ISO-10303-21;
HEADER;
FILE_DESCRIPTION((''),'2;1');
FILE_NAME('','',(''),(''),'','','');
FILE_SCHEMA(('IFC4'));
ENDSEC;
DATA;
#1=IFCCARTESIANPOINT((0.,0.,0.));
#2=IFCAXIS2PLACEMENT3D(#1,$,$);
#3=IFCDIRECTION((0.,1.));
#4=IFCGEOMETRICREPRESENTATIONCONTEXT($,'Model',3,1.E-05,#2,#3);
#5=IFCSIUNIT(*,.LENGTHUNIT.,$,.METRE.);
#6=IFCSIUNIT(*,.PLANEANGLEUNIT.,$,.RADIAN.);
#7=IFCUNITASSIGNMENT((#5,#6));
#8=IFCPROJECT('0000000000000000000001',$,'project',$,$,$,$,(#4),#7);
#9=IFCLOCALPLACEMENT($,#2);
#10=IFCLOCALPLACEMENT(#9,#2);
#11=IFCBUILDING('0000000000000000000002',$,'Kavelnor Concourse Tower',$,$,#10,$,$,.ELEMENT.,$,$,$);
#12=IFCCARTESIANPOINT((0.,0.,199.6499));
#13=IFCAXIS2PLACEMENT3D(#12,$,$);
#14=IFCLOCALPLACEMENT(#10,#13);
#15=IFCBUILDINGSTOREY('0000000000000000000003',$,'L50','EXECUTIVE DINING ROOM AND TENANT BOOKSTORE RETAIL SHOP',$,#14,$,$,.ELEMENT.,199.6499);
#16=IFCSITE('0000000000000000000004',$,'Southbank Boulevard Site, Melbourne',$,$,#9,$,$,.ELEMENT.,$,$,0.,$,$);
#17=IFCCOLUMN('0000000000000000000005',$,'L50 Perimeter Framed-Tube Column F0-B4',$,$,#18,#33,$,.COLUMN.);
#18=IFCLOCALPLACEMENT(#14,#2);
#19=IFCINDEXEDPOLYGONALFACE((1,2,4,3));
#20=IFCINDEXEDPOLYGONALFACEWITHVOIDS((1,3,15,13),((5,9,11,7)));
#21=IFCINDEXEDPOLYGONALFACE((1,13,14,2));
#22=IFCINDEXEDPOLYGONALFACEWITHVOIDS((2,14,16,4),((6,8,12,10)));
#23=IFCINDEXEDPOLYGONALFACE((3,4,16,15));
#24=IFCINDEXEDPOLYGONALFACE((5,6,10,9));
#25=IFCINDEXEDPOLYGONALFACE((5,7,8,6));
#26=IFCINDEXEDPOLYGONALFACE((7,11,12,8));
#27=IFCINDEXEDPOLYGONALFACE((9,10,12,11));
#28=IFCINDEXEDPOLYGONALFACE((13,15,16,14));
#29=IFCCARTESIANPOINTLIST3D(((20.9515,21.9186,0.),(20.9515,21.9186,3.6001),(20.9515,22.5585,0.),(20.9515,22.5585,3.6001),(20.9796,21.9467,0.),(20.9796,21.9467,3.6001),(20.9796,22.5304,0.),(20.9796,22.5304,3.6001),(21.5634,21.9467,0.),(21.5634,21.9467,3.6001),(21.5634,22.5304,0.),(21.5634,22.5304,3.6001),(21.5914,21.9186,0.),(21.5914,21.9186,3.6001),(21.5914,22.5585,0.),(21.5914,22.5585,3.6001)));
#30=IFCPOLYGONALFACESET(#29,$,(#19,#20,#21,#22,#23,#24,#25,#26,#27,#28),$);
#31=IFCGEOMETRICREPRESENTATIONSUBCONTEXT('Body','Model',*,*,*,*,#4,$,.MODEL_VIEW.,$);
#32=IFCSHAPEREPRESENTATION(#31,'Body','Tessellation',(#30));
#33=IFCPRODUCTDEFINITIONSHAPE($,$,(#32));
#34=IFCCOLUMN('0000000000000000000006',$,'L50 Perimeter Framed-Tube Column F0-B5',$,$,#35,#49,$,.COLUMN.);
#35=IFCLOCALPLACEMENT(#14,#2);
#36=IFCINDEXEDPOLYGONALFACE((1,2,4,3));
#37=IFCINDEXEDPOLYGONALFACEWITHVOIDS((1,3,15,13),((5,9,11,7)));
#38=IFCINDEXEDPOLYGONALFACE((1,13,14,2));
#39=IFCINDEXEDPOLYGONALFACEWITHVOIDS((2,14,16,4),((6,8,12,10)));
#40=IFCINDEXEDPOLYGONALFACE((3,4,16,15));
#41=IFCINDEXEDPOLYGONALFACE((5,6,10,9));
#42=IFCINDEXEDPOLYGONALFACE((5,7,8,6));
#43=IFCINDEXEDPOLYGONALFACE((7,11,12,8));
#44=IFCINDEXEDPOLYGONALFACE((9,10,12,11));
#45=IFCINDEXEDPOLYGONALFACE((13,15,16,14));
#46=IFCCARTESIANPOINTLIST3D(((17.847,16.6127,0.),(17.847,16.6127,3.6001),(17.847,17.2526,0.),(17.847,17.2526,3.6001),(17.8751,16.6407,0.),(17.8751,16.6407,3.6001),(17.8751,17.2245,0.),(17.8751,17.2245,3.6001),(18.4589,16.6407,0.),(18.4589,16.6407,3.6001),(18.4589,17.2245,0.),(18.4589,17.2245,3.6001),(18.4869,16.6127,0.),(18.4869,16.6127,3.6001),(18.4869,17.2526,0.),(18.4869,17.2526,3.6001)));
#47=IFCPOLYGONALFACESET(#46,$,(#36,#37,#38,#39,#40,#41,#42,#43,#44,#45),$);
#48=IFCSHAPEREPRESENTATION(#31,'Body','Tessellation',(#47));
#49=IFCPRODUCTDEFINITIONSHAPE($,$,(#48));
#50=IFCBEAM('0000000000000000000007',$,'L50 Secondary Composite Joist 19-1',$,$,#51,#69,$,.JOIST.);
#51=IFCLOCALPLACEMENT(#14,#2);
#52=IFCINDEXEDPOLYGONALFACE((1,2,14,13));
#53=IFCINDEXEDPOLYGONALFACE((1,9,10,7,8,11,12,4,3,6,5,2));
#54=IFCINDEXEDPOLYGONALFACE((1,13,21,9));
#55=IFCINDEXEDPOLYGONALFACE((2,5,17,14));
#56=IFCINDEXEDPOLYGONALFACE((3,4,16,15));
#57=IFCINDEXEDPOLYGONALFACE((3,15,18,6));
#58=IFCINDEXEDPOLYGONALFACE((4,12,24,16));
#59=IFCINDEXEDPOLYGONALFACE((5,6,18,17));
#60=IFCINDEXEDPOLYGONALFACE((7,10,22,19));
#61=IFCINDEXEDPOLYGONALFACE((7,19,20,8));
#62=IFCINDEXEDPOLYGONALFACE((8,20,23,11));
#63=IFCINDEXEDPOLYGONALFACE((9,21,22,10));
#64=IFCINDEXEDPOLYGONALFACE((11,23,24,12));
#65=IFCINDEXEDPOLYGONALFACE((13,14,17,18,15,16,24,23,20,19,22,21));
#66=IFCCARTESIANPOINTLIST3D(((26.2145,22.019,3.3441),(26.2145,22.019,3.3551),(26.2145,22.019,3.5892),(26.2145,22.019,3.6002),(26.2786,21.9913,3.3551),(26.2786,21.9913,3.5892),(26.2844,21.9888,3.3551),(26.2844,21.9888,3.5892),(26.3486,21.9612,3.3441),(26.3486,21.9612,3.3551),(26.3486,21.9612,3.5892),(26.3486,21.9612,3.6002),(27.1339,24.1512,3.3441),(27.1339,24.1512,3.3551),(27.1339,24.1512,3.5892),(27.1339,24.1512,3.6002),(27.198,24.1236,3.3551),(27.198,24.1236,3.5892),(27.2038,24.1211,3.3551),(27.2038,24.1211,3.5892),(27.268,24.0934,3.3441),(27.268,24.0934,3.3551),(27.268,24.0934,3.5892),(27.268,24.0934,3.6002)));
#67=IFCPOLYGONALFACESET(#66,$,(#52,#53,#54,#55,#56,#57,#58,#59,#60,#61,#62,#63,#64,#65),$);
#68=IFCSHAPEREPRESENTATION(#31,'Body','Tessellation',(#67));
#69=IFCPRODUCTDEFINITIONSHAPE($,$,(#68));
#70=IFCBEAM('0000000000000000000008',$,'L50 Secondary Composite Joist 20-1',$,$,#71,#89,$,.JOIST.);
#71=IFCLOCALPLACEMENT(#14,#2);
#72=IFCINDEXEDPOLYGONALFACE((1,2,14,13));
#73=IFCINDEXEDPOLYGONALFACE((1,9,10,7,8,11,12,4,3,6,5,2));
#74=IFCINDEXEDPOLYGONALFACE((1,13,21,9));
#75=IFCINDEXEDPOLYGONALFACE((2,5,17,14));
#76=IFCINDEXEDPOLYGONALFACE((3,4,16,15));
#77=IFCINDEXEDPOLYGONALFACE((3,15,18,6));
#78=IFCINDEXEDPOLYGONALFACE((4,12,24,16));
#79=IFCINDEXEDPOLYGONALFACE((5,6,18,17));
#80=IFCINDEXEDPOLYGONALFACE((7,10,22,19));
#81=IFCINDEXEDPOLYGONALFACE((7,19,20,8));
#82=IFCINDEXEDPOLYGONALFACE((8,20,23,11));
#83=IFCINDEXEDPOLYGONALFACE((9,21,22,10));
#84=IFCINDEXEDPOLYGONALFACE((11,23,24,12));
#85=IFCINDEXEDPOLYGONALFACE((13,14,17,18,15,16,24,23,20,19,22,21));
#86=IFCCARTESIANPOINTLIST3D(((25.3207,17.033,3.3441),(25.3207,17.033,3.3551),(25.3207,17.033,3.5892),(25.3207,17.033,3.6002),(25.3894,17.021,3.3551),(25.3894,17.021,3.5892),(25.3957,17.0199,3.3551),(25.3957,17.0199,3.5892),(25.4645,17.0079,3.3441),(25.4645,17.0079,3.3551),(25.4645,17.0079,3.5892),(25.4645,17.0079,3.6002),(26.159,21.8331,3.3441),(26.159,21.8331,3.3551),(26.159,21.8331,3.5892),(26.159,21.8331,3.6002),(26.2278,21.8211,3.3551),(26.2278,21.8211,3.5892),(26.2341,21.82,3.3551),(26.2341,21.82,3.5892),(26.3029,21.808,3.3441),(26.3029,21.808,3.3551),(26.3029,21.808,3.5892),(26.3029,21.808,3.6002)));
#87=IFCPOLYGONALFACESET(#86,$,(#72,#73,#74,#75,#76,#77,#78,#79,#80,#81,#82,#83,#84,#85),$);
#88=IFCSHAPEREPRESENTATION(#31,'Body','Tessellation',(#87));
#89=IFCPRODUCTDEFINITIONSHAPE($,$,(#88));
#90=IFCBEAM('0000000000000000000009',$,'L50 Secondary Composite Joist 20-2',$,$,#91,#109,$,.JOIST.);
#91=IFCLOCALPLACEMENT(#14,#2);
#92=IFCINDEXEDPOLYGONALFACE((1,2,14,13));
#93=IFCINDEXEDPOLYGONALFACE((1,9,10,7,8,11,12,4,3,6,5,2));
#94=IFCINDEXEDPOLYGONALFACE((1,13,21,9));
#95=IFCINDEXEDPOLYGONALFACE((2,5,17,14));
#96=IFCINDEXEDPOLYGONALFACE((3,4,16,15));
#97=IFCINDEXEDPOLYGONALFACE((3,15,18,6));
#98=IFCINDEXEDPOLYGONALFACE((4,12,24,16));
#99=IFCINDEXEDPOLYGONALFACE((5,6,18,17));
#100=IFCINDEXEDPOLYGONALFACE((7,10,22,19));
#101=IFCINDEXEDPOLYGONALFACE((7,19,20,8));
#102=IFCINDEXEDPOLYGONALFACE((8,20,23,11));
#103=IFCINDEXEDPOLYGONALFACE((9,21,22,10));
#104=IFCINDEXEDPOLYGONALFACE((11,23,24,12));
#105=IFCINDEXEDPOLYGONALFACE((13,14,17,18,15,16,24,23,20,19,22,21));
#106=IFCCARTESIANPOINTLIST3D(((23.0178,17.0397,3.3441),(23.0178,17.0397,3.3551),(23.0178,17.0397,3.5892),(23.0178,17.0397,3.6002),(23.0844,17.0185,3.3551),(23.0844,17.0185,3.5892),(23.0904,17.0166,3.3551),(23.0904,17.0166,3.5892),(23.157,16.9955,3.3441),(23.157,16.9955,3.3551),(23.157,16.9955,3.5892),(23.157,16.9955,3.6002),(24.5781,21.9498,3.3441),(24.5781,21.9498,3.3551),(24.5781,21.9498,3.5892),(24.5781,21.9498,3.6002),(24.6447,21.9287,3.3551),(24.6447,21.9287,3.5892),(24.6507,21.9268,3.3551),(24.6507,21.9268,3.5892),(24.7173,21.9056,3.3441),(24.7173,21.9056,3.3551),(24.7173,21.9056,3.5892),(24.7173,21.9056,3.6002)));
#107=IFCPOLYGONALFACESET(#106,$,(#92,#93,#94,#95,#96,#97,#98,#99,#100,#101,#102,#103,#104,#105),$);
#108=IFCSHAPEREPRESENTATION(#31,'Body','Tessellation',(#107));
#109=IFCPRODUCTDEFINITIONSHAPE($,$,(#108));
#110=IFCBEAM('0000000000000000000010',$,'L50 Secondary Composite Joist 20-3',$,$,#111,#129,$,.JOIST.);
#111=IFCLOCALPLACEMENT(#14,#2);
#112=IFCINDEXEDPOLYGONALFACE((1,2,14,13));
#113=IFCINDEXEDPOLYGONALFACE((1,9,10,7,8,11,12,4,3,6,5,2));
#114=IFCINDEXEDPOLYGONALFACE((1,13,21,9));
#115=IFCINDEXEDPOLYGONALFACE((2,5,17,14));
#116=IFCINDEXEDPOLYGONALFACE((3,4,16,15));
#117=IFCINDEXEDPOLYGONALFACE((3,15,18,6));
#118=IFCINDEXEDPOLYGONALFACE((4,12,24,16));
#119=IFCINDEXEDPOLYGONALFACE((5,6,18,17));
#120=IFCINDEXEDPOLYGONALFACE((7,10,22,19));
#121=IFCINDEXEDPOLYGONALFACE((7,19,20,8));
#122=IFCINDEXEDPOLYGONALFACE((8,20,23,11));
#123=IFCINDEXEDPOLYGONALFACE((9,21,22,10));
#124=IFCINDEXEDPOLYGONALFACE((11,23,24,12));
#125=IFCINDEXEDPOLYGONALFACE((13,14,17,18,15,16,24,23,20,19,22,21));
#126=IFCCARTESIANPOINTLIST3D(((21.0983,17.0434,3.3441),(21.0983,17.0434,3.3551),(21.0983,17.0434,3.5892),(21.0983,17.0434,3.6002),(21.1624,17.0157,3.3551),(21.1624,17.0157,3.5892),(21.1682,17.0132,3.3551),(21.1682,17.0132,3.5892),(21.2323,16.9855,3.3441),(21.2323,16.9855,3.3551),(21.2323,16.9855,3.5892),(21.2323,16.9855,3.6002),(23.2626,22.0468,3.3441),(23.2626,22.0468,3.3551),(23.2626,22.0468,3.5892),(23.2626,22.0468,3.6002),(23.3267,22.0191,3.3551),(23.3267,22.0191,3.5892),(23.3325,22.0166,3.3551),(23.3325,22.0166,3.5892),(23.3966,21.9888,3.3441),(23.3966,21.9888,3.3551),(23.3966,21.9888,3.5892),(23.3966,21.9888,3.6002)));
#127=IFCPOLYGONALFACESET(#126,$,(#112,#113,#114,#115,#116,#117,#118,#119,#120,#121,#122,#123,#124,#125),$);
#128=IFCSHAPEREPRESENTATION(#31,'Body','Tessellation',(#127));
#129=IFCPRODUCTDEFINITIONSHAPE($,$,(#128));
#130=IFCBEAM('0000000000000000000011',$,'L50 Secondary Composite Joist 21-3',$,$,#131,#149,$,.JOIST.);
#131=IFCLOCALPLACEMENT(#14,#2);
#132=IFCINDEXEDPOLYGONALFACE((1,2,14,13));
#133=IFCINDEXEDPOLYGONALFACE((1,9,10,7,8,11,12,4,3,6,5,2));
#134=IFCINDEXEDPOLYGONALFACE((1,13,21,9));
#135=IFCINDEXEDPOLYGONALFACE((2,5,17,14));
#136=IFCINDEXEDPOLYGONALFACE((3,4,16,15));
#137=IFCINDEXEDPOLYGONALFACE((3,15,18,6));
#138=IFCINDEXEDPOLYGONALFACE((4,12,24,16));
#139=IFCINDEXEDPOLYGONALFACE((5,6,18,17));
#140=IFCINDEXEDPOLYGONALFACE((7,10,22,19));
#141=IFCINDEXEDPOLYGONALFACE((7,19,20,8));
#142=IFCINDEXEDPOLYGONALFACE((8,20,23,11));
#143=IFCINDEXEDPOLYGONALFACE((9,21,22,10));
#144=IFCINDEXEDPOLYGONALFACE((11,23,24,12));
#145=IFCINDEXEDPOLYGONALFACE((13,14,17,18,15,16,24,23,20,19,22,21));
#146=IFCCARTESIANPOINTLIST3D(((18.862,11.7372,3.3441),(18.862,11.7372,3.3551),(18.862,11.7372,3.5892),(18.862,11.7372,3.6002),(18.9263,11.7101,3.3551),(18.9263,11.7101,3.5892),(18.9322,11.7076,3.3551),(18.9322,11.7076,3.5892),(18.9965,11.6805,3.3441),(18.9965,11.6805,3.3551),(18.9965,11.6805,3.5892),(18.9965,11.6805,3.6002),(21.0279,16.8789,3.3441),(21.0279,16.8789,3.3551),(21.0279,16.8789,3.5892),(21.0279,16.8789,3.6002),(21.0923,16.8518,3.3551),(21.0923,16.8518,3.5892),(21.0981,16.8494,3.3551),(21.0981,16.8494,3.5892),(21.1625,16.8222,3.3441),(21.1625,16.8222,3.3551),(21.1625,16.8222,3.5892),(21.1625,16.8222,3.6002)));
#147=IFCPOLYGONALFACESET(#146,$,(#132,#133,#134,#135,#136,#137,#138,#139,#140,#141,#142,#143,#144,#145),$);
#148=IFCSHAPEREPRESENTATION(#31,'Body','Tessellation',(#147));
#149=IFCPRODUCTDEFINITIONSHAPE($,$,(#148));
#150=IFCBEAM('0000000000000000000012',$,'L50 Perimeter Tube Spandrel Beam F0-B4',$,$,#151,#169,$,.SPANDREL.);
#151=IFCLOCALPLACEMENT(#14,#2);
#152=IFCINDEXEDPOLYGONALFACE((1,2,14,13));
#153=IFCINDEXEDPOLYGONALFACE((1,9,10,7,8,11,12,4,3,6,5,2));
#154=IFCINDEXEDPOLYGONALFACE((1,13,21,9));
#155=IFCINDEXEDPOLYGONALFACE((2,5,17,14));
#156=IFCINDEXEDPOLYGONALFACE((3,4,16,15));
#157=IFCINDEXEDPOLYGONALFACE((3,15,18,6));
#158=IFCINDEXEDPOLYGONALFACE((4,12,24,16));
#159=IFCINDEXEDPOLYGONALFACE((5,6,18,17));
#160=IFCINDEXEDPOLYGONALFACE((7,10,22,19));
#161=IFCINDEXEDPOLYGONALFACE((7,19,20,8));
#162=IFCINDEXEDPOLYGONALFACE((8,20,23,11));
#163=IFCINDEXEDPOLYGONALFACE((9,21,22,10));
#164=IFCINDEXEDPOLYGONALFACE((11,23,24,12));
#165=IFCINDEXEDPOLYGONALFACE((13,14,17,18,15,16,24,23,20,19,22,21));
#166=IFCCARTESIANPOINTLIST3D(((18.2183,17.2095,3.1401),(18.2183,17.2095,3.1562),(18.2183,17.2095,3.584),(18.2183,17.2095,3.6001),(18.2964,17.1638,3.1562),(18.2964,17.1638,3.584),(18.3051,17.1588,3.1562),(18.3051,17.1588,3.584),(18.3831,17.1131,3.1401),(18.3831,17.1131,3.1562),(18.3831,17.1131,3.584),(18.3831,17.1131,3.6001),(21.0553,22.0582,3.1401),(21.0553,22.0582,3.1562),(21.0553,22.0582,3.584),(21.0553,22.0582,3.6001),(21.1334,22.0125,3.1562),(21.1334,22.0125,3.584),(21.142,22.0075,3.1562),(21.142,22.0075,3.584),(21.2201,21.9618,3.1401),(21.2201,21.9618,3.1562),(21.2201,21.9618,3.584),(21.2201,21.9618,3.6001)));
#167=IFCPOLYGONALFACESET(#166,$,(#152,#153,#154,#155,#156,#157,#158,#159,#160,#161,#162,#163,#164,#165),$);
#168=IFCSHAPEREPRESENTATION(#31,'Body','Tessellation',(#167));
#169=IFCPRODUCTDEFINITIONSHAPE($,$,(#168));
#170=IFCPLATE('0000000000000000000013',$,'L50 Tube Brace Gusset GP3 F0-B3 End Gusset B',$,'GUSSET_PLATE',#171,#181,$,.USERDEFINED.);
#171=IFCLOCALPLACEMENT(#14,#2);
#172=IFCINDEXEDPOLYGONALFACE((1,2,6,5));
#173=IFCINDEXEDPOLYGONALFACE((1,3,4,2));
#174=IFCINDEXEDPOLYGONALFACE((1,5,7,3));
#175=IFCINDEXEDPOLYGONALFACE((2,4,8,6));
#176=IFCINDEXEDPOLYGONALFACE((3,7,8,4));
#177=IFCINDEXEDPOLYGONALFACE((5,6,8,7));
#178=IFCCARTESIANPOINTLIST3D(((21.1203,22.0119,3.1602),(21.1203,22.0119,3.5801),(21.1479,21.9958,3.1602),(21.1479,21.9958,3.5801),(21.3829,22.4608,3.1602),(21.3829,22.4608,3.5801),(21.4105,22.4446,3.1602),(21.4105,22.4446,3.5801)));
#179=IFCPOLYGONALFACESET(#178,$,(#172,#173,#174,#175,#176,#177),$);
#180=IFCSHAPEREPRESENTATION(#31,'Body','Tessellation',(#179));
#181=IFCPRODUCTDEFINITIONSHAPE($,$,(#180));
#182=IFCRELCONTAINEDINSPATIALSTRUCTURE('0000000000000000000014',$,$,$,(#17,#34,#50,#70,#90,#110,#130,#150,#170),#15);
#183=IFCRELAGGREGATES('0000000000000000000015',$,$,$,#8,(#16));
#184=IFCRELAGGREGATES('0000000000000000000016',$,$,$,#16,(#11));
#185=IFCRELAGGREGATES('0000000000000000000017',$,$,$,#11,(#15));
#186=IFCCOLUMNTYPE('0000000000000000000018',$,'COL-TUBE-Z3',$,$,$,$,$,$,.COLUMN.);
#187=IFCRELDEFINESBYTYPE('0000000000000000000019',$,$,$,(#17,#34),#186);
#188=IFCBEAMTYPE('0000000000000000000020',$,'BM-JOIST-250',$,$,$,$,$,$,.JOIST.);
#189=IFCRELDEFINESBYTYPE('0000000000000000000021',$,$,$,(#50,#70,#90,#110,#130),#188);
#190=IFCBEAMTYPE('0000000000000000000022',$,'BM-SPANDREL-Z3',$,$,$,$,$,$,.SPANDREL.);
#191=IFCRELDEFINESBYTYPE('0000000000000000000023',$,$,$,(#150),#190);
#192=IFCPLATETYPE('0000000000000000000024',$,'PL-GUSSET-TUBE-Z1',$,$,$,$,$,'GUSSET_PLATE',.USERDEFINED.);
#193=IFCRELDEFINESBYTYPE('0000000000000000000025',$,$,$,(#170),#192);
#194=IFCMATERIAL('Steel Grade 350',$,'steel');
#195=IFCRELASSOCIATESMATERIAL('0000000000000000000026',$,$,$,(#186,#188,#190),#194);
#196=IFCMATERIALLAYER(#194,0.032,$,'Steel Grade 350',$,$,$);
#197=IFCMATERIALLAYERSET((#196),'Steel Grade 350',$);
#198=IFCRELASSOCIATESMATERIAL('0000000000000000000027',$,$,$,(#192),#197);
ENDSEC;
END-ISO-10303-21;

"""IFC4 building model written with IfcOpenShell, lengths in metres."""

from ifc_helpers import new_model, si_unit, direction, frame, origin, origin_2d, place, context, subcontext, project, spatial, rectangle, hollow_rectangle, i_section, extrude, material, layer, layer_set, material_profile, profile_set, type_object, element, save


model = new_model("IFC4")

# Units and contexts
model_context = context("Model", 3, precision=1e-05, world=origin(), true_north=direction((0.0, 1.0)))
body_context = subcontext(model_context, "Body", "Model", "MODEL_VIEW")
ifc_project = project(units=[si_unit("LENGTHUNIT", "METRE"), si_unit("PLANEANGLEUNIT", "RADIAN")], contexts=[model_context])

# Site, building, storey
site_placement = place(None, origin())
site = spatial("IfcSite", under=ifc_project, at=site_placement, Name="Southbank Boulevard Site, Melbourne", CompositionType="ELEMENT", RefElevation=0.0)
building_placement = place(site_placement, origin())
building = spatial("IfcBuilding", under=site, at=building_placement, Name="Kavelnor Concourse Tower", CompositionType="ELEMENT")
storey_placement = place(building_placement, frame((0.0, 0.0, 199.6499)))
storey = spatial("IfcBuildingStorey", under=building, at=storey_placement, Name="L50", Description="EXECUTIVE DINING ROOM AND TENANT BOOKSTORE RETAIL SHOP", CompositionType="ELEMENT", Elevation=199.6499)

# Columns
ifc_material_1 = material(Name="Steel Grade 350", Category="steel")
ifc_material_profile_1 = material_profile(ifc_material_1, hollow_rectangle(XDim=0.6399, YDim=0.6399, WallThickness=0.0281, at=origin_2d()), Name="SHS 640x640x28")
ifc_profile_set_1 = profile_set([ifc_material_profile_1], Name="Steel Grade 350")
column_type = type_object("IfcColumnType", Name="COL-TUBE-Z3", PredefinedType="COLUMN", material=ifc_profile_set_1)
for number, where, z_axis, x_axis, name in (
    (1, (21.2715, 22.2385, 0.0), (0.0, 0.0, 1.0), (1.0, 0.0, 0.0), "L50 Perimeter Framed-Tube Column F0-B4"),
    (2, (18.167, 16.9326, 0.0), (0.0, 0.0, 1.0), (1.0, 0.0, 0.0), "L50 Perimeter Framed-Tube Column F0-B5"),
):
    element("IfcColumn", number, at=place(storey_placement, frame(where, z_axis=z_axis, x_axis=x_axis)), inside=storey, type_object=column_type, Name=name, PredefinedType="COLUMN", context=body_context, shape_type="SweptSolid", body=[
        extrude(hollow_rectangle(XDim=0.6399, YDim=0.6399, WallThickness=0.0281, at=origin_2d()), origin(), (0.0, 0.0, 1.0), 3.6001),
    ])

# Beams
ifc_material_profile_2 = material_profile(ifc_material_1, i_section(OverallWidth=0.146, OverallDepth=0.2561, WebThickness=0.0063, FlangeThickness=0.011, at=origin_2d()), Name="250UB37")
ifc_profile_set_2 = profile_set([ifc_material_profile_2], Name="Steel Grade 350")
beam_type_1 = type_object("IfcBeamType", Name="BM-JOIST-250", PredefinedType="JOIST", material=ifc_profile_set_2)
beam_1_placement = place(storey_placement, frame((27.2009, 24.1223, 3.4722), z_axis=(-0.395949, -0.918273, 0.0), x_axis=(0.918273, -0.395949, 0.0)))
element("IfcBeam", 3, at=beam_1_placement, inside=storey, type_object=beam_type_1, Name="L50 Secondary Composite Joist 19-1", PredefinedType="JOIST", context=body_context, shape_type="SweptSolid", body=[
    extrude(i_section(OverallWidth=0.146, OverallDepth=0.2561, WebThickness=0.0063, FlangeThickness=0.011, at=origin_2d()), origin(), (0.0, 0.0, 1.0), 2.322),
])
beam_2_placement = place(storey_placement, frame((26.231, 21.8206, 3.4722), z_axis=(-0.172056, -0.985087, 0.0), x_axis=(0.985087, -0.172056, 0.0)))
element("IfcBeam", 4, at=beam_2_placement, inside=storey, type_object=beam_type_1, Name="L50 Secondary Composite Joist 20-1", PredefinedType="JOIST", context=body_context, shape_type="SweptSolid", body=[
    extrude(i_section(OverallWidth=0.146, OverallDepth=0.2561, WebThickness=0.0063, FlangeThickness=0.011, at=origin_2d()), origin(), (0.0, 0.0, 1.0), 4.8728),
])
beam_3_placement = place(storey_placement, frame((24.6477, 21.9277, 3.4722), z_axis=(-0.302848, -0.953039, 0.0), x_axis=(0.953039, -0.302848, 0.0)))
element("IfcBeam", 5, at=beam_3_placement, inside=storey, type_object=beam_type_1, Name="L50 Secondary Composite Joist 20-2", PredefinedType="JOIST", context=body_context, shape_type="SweptSolid", body=[
    extrude(i_section(OverallWidth=0.146, OverallDepth=0.2561, WebThickness=0.0063, FlangeThickness=0.011, at=origin_2d()), origin(), (0.0, 0.0, 1.0), 5.1521),
])
beam_4_placement = place(storey_placement, frame((23.3296, 22.0178, 3.4722), z_axis=(-0.397014, -0.917812, 0.0), x_axis=(0.917812, -0.397014, 0.0)))
element("IfcBeam", 6, at=beam_4_placement, inside=storey, type_object=beam_type_1, Name="L50 Secondary Composite Joist 20-3", PredefinedType="JOIST", context=body_context, shape_type="SweptSolid", body=[
    extrude(i_section(OverallWidth=0.146, OverallDepth=0.2561, WebThickness=0.0063, FlangeThickness=0.011, at=origin_2d()), origin(), (0.0, 0.0, 1.0), 5.4514),
])
beam_5_placement = place(storey_placement, frame((21.0952, 16.8506, 3.4722), z_axis=(-0.388213, -0.921569, 0.0), x_axis=(0.921569, -0.388213, 0.0)))
element("IfcBeam", 7, at=beam_5_placement, inside=storey, type_object=beam_type_1, Name="L50 Secondary Composite Joist 21-3", PredefinedType="JOIST", context=body_context, shape_type="SweptSolid", body=[
    extrude(i_section(OverallWidth=0.146, OverallDepth=0.2561, WebThickness=0.0063, FlangeThickness=0.011, at=origin_2d()), origin(), (0.0, 0.0, 1.0), 5.5793),
])
ifc_material_profile_3 = material_profile(ifc_material_1, i_section(OverallWidth=0.1909, OverallDepth=0.46, WebThickness=0.01, FlangeThickness=0.0161, at=origin_2d()), Name="460UB82")
ifc_profile_set_3 = profile_set([ifc_material_profile_3], Name="Steel Grade 350")
beam_type_2 = type_object("IfcBeamType", Name="BM-SPANDREL-Z3", PredefinedType="SPANDREL", material=ifc_profile_set_3)
beam_6_placement = place(storey_placement, frame((21.1377, 22.01, 3.3701), z_axis=(-0.505006, -0.863116, 0.0), x_axis=(0.863116, -0.505006, 0.0)))
element("IfcBeam", 8, at=beam_6_placement, inside=storey, type_object=beam_type_2, Name="L50 Perimeter Tube Spandrel Beam F0-B4", PredefinedType="SPANDREL", context=body_context, shape_type="SweptSolid", body=[
    extrude(i_section(OverallWidth=0.1909, OverallDepth=0.46, WebThickness=0.01, FlangeThickness=0.0161, at=origin_2d()), origin(), (0.0, 0.0, 1.0), 5.6177),
])

# Plate
ifc_layer_1 = layer(ifc_material_1, 0.032, Name="Steel Grade 350")
ifc_layer_set_1 = layer_set([ifc_layer_1], Name="Steel Grade 350")
plate_type = type_object("IfcPlateType", Name="PL-GUSSET-TUBE-Z1", ElementType="GUSSET_PLATE", PredefinedType="USERDEFINED", material=ifc_layer_set_1)
plate_placement = place(storey_placement, frame((21.2654, 22.2283, 3.1602), z_axis=(0.0, 0.0, 1.0), x_axis=(-0.50498, -0.863131, 0.0)))
element("IfcPlate", 9, at=plate_placement, inside=storey, type_object=plate_type, Name="L50 Tube Brace Gusset GP3 F0-B3 End Gusset B", ObjectType="GUSSET_PLATE", PredefinedType="USERDEFINED", context=body_context, shape_type="SweptSolid", body=[
    extrude(rectangle(XDim=0.52, YDim=0.032, at=origin_2d()), origin(), (0.0, 0.0, 1.0), 0.4199),
])

save(model, "model.ifc")
